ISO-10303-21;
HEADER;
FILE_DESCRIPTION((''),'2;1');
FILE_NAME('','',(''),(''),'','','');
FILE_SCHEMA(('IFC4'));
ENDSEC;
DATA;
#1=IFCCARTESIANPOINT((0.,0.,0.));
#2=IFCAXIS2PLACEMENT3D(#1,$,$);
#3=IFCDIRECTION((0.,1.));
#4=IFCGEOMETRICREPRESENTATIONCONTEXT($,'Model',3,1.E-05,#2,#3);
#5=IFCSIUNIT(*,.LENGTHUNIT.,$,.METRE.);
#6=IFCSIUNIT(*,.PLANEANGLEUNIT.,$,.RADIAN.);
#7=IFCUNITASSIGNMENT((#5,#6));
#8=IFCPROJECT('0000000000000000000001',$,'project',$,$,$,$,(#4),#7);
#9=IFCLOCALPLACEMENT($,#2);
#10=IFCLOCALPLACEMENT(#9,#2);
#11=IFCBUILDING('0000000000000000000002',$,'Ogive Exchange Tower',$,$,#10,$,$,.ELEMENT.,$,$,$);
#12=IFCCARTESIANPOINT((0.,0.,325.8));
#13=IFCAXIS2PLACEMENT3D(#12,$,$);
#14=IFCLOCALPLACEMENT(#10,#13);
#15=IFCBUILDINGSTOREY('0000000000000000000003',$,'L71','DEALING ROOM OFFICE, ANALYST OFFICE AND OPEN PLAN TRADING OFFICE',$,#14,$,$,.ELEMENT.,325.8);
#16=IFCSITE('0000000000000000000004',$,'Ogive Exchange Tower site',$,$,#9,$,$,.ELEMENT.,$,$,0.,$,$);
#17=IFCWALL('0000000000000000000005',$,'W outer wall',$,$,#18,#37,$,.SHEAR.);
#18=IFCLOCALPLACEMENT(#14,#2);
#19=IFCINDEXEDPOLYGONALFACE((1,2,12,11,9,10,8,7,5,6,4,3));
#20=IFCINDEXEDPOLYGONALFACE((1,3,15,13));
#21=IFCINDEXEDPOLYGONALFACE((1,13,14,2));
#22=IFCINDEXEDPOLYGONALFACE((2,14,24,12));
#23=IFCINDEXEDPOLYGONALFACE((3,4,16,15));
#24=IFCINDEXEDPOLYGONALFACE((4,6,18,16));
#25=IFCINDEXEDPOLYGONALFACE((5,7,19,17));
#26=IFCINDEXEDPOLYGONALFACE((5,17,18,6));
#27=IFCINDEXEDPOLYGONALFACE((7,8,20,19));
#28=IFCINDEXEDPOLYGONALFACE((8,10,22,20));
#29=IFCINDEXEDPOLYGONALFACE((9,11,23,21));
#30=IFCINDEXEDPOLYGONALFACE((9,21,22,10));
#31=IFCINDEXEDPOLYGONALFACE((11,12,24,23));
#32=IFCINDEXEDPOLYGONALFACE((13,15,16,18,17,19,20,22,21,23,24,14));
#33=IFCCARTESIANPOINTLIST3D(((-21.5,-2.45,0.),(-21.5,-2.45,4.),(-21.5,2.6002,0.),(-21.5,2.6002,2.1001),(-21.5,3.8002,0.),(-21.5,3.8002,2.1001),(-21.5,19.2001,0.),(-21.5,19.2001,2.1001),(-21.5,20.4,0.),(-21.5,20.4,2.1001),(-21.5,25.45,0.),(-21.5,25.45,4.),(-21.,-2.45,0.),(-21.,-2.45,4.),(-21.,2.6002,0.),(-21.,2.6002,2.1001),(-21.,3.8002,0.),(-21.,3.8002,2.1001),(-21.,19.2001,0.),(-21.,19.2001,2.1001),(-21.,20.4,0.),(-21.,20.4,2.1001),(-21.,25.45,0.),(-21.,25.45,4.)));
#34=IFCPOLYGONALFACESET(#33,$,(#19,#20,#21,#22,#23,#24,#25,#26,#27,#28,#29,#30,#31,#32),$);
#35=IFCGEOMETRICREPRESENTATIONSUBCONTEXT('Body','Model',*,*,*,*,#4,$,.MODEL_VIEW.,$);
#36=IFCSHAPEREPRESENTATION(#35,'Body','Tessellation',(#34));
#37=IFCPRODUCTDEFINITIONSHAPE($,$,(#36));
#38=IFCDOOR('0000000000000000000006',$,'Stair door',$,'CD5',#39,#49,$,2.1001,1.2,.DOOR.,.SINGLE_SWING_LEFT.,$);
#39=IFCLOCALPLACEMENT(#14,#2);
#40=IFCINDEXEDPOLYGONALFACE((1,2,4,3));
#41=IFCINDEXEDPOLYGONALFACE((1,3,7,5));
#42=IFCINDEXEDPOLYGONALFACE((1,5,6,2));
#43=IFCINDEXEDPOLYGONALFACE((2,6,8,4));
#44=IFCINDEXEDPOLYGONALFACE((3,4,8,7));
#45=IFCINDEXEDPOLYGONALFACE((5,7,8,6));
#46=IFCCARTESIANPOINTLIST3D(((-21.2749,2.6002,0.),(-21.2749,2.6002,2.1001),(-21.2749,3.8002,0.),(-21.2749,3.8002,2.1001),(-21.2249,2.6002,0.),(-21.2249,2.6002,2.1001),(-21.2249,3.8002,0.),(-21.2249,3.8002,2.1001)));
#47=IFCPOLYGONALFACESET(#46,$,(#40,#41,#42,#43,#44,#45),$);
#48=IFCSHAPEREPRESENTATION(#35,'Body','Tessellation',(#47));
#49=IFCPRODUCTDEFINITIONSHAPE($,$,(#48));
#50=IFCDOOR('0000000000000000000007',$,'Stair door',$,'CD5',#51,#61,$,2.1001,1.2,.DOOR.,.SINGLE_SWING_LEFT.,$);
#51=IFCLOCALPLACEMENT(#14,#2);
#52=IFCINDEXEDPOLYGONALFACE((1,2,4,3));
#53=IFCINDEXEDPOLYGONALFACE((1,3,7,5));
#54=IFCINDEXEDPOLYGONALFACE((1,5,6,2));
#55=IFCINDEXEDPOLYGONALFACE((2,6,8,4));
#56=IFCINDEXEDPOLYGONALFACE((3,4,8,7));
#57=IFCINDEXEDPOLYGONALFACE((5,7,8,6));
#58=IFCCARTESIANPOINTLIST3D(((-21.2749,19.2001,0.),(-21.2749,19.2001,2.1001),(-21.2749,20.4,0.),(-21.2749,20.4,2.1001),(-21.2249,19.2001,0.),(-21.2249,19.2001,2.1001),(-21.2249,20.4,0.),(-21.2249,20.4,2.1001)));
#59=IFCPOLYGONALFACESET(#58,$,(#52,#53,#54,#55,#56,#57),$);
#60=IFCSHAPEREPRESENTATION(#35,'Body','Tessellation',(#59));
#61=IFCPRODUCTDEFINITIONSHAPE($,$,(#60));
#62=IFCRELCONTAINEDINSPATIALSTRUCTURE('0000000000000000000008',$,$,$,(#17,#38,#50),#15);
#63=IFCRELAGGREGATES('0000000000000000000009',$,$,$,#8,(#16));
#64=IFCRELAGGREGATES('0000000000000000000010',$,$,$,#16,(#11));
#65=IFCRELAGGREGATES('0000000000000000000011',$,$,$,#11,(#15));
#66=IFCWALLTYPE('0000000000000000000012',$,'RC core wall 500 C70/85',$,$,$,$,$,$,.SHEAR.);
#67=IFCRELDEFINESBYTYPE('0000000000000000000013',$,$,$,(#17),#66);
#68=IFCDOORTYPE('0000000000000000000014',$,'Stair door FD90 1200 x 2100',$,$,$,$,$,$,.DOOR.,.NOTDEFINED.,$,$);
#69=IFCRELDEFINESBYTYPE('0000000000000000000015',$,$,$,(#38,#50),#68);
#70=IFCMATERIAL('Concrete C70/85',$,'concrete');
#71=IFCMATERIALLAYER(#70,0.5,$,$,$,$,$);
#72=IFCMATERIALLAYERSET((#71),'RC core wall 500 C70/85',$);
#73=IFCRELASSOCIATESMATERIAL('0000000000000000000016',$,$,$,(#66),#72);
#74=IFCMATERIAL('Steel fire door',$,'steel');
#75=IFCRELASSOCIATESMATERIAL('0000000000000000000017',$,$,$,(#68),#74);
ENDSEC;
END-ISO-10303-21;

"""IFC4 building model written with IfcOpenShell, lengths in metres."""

from ifc_helpers import new_model, si_unit, direction, frame, frame_2d, origin, place, context, subcontext, project, spatial, rectangle, extrude, material, layer, layer_set, type_object, element, fill, save


model = new_model("IFC4")

# Units and contexts
model_context = context("Model", 3, precision=1e-05, world=origin(), true_north=direction((0.0, 1.0)))
body_context = subcontext(model_context, "Body", "Model", "MODEL_VIEW")
ifc_project = project(units=[si_unit("LENGTHUNIT", "METRE"), si_unit("PLANEANGLEUNIT", "RADIAN")], contexts=[model_context])

# Site, building, storey
site_placement = place(None, origin())
site = spatial("IfcSite", under=ifc_project, at=site_placement, Name="Ogive Exchange Tower site", CompositionType="ELEMENT", RefElevation=0.0)
building_placement = place(site_placement, origin())
building = spatial("IfcBuilding", under=site, at=building_placement, Name="Ogive Exchange Tower", CompositionType="ELEMENT")
storey_placement = place(building_placement, frame((0.0, 0.0, 325.8)))
storey = spatial("IfcBuildingStorey", under=building, at=storey_placement, Name="L71", Description="DEALING ROOM OFFICE, ANALYST OFFICE AND OPEN PLAN TRADING OFFICE", CompositionType="ELEMENT", Elevation=325.8)

# Shared definitions
ifc_material_1 = material(Name="Concrete C70/85", Category="concrete")

# Wall, openings, doors
ifc_layer_1 = layer(ifc_material_1, 0.5)
ifc_layer_set_1 = layer_set([ifc_layer_1], Name="RC core wall 500 C70/85")
wall_type_1 = type_object("IfcWallType", Name="RC core wall 500 C70/85", PredefinedType="SHEAR", material=ifc_layer_set_1)
wall_1_placement = place(storey_placement, frame((-21.25, -2.45, 0.0), z_axis=(0.0, 0.0, 1.0), x_axis=(0.0, 1.0, 0.0)))
wall_1 = element("IfcWall", 1, at=wall_1_placement, inside=storey, type_object=wall_type_1, Name="W outer wall", PredefinedType="SHEAR", context=body_context, shape_type="SweptSolid", body=[
    extrude(rectangle(XDim=27.8999, YDim=0.5, at=frame_2d((13.95, 0.0))), origin(), (0.0, 0.0, 1.0), 4.0),
])
opening_1_placement = place(wall_1_placement, frame((5.05, 0.0, 0.0)))
opening_1 = element("IfcOpeningElement", 2, at=opening_1_placement, cuts=wall_1, PredefinedType="OPENING", context=body_context, shape_type="SweptSolid", body=[
    extrude(rectangle(XDim=1.2, YDim=2.1001, at=frame_2d((0.6001, 1.05))), frame((0.0, 0.26, 0.0), z_axis=(0.0, -1.0, 0.0), x_axis=(1.0, 0.0, 0.0)), (0.0, 0.0, 1.0), 0.52),
])
opening_2_placement = place(wall_1_placement, frame((21.6499, 0.0, 0.0)))
opening_2 = element("IfcOpeningElement", 3, at=opening_2_placement, cuts=wall_1, PredefinedType="OPENING", context=body_context, shape_type="SweptSolid", body=[
    extrude(rectangle(XDim=1.2, YDim=2.1001, at=frame_2d((0.6001, 1.05))), frame((0.0, 0.26, 0.0), z_axis=(0.0, -1.0, 0.0), x_axis=(1.0, 0.0, 0.0)), (0.0, 0.0, 1.0), 0.52),
])
ifc_material_2 = material(Name="Steel fire door", Category="steel")
door_type_1 = type_object("IfcDoorType", Name="Stair door FD90 1200 x 2100", OperationType="NOTDEFINED", PredefinedType="DOOR", material=ifc_material_2)
door_1_placement = place(opening_1_placement, origin())
door_1 = element("IfcDoor", 4, at=door_1_placement, inside=storey, type_object=door_type_1, Name="Stair door", ObjectType="CD5", OperationType="SINGLE_SWING_LEFT", OverallHeight=2.1001, OverallWidth=1.2, PredefinedType="DOOR", context=body_context, shape_type="SweptSolid", body=[
    extrude(rectangle(XDim=1.2, YDim=2.1001, at=frame_2d((0.6001, 1.05))), frame((0.0, 0.0249, 0.0), z_axis=(0.0, -1.0, 0.0), x_axis=(1.0, 0.0, 0.0)), (0.0, 0.0, 1.0), 0.05),
])
fill(opening_1, door_1)
door_2_placement = place(opening_2_placement, origin())
door_2 = element("IfcDoor", 5, at=door_2_placement, inside=storey, type_object=door_type_1, Name="Stair door", ObjectType="CD5", OperationType="SINGLE_SWING_LEFT", OverallHeight=2.1001, OverallWidth=1.2, PredefinedType="DOOR", context=body_context, shape_type="SweptSolid", body=[
    extrude(rectangle(XDim=1.2, YDim=2.1001, at=frame_2d((0.6001, 1.05))), frame((0.0, 0.0249, 0.0), z_axis=(0.0, -1.0, 0.0), x_axis=(1.0, 0.0, 0.0)), (0.0, 0.0, 1.0), 0.05),
])
fill(opening_2, door_2)

save(model, "model.ifc")
